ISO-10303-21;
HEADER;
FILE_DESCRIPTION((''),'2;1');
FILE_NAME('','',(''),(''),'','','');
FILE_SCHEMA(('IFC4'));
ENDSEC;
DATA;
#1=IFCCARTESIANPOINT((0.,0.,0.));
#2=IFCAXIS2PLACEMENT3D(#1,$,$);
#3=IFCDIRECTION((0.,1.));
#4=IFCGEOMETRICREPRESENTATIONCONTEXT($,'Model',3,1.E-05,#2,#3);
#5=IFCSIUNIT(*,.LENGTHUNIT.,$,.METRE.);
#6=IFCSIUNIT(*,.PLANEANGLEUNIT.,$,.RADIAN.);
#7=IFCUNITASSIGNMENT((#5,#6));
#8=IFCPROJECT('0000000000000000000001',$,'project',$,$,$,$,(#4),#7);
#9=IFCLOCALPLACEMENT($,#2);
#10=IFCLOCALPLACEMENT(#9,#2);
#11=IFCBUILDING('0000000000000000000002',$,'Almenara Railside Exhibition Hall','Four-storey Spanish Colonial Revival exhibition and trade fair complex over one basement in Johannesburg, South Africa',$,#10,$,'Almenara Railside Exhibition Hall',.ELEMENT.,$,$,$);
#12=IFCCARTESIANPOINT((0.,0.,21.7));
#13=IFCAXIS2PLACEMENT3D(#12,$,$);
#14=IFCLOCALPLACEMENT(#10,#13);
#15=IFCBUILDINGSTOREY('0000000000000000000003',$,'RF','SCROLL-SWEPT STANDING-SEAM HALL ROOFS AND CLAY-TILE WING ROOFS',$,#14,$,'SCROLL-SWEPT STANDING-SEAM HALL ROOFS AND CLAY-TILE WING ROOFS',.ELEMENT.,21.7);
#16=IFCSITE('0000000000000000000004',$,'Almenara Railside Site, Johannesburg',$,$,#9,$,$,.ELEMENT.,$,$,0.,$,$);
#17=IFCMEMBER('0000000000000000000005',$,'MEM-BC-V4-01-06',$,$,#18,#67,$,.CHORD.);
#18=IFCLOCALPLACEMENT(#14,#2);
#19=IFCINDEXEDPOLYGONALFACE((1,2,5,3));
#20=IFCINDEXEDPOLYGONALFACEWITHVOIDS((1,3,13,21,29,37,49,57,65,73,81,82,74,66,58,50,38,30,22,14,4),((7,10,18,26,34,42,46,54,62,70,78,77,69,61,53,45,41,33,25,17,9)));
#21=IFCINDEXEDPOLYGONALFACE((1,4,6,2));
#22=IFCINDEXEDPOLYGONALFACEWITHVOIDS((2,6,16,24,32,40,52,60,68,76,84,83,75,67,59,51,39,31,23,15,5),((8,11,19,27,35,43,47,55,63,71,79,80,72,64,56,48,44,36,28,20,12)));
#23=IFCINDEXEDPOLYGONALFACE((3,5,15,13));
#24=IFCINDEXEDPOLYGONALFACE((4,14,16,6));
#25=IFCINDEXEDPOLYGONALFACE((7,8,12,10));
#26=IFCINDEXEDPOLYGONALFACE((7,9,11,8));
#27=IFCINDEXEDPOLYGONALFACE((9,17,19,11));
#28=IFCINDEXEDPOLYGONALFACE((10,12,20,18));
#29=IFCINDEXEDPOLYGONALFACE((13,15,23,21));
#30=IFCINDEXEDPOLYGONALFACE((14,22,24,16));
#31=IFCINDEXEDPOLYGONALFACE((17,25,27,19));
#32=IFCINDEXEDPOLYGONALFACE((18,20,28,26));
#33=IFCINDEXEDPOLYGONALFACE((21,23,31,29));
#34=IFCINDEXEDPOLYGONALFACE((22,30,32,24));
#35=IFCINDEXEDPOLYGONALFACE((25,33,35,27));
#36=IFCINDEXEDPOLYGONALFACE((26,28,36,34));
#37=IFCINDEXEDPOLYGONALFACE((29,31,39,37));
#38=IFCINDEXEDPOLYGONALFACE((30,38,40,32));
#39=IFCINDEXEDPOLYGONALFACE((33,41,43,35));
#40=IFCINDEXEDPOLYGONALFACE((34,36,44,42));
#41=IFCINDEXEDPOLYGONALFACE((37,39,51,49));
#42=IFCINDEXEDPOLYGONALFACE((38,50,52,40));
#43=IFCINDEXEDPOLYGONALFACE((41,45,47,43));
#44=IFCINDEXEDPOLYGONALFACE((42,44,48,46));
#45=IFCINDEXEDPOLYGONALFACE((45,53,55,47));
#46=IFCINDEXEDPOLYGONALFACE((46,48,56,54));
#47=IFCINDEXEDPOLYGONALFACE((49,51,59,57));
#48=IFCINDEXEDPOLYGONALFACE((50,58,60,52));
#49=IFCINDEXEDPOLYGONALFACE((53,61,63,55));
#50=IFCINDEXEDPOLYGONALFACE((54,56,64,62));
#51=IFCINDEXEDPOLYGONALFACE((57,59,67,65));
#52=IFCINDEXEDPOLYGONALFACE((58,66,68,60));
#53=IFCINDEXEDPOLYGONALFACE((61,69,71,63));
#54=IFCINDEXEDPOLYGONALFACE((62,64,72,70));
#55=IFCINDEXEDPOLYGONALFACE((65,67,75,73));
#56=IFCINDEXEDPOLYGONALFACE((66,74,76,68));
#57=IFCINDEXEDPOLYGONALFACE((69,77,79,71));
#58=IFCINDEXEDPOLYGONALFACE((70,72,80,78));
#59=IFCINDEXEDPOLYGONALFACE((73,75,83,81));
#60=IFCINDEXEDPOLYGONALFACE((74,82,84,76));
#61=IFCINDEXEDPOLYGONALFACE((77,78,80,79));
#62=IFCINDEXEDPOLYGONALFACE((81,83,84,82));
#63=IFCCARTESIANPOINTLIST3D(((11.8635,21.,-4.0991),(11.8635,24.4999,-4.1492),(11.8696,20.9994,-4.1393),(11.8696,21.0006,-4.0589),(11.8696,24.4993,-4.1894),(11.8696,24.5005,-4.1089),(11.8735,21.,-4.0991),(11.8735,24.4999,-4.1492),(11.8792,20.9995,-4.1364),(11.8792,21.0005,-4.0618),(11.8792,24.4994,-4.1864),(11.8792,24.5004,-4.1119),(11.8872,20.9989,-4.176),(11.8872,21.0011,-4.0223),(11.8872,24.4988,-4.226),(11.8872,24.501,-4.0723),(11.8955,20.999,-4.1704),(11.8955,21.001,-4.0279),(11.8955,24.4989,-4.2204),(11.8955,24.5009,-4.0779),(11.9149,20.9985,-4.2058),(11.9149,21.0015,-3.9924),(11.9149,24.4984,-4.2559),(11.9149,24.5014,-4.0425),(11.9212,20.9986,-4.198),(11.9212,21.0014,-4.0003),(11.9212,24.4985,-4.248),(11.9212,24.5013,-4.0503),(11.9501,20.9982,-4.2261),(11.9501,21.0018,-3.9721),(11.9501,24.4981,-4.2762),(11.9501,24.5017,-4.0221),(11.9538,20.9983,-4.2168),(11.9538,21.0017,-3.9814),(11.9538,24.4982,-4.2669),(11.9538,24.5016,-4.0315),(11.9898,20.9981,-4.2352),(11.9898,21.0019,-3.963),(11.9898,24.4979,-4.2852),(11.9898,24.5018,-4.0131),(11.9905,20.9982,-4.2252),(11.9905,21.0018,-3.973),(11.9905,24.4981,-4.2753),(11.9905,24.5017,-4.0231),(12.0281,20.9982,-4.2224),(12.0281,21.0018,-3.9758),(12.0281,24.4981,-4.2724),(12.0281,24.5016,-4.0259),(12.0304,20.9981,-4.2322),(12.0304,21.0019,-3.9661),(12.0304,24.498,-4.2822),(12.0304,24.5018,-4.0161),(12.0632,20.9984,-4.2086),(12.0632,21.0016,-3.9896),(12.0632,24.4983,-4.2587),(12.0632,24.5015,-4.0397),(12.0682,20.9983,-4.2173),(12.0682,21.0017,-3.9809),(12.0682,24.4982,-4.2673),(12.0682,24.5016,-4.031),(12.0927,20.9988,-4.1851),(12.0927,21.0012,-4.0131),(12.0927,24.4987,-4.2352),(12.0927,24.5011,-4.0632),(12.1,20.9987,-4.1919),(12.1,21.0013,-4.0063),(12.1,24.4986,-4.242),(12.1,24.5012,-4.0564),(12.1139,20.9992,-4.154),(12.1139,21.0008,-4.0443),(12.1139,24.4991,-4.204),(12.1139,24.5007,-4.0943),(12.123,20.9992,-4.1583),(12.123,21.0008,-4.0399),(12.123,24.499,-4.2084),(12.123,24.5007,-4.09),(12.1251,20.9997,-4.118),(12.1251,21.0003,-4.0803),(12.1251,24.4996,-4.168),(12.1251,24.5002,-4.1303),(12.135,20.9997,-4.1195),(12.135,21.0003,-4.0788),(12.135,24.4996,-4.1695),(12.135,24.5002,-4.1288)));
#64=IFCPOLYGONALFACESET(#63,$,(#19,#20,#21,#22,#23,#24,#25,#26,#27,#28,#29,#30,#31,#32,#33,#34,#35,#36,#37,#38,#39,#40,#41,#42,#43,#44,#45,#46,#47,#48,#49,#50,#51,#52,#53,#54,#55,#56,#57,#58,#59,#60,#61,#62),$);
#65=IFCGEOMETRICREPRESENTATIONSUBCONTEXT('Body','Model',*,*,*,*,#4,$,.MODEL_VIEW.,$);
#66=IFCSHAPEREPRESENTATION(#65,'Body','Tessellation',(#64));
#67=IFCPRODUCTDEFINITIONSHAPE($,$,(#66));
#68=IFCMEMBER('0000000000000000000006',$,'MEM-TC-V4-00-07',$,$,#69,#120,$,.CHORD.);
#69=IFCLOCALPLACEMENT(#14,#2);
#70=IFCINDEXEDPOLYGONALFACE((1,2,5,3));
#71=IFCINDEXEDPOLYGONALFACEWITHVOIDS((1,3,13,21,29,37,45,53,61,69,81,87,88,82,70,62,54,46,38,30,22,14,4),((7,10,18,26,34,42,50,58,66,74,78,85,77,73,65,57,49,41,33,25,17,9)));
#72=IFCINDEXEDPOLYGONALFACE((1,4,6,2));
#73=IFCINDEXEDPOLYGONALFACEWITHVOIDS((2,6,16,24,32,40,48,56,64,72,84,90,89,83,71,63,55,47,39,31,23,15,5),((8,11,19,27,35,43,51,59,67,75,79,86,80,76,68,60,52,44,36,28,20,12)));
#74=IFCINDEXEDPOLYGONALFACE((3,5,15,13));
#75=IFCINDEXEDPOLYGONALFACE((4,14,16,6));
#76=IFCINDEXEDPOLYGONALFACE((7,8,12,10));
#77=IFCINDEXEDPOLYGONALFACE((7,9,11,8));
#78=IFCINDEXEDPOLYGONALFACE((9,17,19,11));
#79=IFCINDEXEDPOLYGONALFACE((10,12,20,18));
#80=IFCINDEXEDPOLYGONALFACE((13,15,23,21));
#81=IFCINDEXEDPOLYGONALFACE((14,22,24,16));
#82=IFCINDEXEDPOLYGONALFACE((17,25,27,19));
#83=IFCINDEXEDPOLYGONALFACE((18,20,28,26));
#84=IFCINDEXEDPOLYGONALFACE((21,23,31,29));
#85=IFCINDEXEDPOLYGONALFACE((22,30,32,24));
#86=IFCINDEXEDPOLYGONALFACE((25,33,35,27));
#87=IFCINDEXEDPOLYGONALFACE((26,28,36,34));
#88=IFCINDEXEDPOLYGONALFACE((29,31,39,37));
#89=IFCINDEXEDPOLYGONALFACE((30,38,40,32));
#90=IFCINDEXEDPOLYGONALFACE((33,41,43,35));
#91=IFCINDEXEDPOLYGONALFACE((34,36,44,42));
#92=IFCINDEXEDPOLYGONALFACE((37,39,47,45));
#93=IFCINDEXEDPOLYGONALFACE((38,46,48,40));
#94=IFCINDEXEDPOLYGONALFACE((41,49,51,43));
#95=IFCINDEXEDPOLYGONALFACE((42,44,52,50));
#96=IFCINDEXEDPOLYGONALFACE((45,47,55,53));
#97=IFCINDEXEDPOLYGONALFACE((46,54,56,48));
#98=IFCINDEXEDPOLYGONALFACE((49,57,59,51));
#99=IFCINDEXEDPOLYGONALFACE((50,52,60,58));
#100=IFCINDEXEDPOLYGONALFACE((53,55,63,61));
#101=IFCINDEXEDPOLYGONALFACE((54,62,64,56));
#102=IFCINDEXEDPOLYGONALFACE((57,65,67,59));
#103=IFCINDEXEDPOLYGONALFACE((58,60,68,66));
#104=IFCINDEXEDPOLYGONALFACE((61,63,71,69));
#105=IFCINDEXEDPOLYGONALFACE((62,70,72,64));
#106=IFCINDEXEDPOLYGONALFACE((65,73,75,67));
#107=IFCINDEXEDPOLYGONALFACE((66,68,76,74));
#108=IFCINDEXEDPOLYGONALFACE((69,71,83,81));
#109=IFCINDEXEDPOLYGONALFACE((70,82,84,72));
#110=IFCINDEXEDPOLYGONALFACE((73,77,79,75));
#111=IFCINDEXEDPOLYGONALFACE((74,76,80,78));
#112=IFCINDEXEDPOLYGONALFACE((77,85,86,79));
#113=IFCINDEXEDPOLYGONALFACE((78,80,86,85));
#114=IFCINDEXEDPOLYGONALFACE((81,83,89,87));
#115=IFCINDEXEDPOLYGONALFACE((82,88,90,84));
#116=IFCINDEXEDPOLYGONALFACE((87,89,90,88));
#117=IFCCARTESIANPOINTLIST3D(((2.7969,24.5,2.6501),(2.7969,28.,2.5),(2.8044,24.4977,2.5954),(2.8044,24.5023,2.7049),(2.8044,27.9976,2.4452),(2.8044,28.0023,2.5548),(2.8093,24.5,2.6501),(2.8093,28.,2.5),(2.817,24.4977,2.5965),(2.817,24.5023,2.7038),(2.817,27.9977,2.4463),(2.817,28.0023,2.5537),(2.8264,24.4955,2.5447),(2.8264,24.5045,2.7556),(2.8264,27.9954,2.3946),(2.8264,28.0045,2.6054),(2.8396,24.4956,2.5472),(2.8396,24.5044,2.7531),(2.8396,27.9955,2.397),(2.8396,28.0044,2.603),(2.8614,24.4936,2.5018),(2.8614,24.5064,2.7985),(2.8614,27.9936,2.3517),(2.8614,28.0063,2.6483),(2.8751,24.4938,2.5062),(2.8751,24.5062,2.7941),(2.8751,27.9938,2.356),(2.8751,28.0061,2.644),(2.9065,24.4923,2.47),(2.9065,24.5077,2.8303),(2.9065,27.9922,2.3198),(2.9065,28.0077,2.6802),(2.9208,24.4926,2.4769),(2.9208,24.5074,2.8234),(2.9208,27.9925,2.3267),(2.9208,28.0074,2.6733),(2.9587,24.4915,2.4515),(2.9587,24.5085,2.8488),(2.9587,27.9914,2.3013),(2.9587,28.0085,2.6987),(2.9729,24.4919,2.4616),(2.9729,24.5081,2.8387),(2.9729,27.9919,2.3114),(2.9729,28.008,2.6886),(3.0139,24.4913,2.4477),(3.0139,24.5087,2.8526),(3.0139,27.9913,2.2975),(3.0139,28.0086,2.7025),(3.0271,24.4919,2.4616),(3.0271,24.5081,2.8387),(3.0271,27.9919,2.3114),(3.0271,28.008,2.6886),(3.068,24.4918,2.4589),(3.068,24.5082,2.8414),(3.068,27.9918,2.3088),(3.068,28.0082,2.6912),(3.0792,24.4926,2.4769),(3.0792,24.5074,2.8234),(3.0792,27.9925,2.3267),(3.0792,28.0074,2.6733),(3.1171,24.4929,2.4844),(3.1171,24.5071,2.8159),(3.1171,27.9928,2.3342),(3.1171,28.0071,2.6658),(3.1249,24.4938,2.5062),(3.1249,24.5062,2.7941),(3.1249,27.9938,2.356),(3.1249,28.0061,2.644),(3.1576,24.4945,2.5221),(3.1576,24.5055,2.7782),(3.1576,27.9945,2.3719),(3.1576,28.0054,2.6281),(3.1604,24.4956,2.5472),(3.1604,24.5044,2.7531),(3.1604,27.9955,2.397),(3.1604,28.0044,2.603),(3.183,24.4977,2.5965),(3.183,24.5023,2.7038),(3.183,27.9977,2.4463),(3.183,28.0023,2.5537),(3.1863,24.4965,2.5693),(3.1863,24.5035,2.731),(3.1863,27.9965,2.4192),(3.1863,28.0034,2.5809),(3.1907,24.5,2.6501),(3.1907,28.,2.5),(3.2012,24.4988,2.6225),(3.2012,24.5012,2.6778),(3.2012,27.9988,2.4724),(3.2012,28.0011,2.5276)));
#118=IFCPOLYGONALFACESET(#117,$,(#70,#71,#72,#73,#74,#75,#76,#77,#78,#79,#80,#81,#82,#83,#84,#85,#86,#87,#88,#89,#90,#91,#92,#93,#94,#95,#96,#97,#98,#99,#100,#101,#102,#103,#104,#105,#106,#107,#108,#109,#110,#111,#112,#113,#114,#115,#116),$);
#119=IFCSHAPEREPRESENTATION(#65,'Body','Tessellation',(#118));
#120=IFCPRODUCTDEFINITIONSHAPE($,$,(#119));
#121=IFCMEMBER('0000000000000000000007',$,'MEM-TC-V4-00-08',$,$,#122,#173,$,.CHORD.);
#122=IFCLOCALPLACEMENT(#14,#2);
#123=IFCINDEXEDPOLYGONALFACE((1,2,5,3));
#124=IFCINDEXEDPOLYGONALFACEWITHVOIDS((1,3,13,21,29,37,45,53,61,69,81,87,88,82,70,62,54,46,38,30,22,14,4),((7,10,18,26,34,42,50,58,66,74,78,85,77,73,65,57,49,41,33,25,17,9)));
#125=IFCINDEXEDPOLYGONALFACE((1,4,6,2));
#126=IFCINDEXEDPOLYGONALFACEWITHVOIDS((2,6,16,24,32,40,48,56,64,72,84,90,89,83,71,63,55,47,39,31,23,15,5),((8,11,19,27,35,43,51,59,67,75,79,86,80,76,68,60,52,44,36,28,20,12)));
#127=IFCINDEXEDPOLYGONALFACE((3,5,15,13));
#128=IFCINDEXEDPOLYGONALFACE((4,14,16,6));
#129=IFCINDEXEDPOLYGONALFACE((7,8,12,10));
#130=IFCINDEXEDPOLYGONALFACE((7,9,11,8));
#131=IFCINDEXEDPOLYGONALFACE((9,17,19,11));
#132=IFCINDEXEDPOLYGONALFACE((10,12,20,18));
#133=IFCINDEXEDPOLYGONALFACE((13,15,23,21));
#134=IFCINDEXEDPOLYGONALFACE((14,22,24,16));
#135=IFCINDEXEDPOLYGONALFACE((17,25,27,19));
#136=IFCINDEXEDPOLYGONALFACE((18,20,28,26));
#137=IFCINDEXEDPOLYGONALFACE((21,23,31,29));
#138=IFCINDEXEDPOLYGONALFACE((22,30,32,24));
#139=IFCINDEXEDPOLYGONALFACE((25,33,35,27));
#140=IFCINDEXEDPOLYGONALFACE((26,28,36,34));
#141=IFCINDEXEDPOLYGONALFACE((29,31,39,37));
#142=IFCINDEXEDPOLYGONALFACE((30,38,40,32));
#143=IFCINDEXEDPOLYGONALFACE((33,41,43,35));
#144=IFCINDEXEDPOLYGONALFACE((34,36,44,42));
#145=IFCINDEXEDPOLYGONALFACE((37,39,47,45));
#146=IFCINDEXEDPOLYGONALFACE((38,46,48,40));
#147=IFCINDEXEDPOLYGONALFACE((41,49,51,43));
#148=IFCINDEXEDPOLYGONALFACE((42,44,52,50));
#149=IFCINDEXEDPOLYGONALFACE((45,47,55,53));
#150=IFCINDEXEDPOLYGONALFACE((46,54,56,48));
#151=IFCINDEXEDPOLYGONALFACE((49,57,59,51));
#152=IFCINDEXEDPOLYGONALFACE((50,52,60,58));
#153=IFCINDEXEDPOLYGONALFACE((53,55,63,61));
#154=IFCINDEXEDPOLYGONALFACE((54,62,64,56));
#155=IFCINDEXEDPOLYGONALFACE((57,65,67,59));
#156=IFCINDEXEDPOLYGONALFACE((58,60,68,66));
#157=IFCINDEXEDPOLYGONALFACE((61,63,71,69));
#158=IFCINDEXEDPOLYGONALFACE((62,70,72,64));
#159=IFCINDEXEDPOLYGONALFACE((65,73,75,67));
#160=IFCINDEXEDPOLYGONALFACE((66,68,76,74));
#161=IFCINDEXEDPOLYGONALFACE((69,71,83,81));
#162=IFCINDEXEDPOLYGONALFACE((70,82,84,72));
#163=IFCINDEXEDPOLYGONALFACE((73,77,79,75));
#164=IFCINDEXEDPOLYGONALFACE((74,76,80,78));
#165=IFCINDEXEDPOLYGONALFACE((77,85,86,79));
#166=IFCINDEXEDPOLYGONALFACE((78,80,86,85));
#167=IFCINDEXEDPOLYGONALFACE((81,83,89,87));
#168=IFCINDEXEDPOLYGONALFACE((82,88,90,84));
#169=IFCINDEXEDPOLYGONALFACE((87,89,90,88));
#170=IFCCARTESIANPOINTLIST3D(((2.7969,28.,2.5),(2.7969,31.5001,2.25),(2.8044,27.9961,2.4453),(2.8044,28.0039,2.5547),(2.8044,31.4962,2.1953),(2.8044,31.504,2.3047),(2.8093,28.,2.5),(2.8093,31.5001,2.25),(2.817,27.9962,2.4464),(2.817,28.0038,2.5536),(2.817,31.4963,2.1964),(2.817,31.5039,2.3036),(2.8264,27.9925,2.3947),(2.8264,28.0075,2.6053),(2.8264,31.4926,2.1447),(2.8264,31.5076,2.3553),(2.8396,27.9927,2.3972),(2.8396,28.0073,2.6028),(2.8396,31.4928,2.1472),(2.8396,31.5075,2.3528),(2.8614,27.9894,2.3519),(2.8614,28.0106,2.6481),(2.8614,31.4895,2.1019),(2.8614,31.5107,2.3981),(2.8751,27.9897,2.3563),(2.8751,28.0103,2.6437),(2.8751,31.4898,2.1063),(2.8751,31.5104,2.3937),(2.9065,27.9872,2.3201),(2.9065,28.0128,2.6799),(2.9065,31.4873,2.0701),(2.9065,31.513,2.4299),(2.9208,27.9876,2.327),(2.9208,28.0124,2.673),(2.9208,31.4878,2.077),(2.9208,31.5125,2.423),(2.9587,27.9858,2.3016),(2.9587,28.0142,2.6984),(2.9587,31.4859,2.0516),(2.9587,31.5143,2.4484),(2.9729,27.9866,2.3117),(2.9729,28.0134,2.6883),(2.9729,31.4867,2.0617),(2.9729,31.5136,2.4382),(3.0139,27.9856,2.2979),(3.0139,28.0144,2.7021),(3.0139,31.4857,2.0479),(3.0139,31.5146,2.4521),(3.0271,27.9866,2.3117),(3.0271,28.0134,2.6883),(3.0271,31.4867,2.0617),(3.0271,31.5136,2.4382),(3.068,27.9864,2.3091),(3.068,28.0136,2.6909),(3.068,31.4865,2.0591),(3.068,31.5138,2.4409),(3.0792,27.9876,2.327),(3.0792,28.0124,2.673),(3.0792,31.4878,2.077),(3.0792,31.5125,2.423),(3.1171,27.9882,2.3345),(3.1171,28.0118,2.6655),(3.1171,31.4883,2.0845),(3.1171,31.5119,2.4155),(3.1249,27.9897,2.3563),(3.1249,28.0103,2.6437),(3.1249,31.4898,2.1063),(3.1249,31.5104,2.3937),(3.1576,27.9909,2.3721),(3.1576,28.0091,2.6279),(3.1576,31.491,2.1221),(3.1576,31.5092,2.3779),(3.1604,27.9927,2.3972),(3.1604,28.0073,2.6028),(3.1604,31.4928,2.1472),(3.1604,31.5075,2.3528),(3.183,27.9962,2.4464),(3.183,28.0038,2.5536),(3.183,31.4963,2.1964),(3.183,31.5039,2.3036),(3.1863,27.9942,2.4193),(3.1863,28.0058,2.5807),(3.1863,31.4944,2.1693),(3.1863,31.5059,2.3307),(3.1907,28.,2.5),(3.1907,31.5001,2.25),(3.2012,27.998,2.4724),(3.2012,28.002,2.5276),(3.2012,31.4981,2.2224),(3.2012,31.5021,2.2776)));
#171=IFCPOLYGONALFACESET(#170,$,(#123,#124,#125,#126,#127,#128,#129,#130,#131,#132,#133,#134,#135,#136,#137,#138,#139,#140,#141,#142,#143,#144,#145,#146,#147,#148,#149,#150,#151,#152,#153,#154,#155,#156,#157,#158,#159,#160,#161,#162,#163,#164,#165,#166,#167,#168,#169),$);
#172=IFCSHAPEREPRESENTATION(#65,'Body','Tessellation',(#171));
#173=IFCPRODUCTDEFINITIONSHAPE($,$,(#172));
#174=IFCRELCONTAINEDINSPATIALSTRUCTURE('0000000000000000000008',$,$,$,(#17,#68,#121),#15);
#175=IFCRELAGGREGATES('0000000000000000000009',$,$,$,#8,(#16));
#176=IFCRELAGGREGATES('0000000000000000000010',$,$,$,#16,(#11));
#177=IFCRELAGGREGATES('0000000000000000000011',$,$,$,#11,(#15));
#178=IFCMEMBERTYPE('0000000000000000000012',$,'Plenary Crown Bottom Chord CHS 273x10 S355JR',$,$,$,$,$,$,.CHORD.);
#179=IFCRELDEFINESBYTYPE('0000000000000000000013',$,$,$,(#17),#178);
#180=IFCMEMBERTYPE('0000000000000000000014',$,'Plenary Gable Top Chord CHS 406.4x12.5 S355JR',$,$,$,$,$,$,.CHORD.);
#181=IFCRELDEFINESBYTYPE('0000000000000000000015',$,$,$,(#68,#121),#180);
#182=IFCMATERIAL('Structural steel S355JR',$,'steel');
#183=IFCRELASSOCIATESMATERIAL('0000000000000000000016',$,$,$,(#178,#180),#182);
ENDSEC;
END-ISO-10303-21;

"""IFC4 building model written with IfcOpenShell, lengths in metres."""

from ifc_helpers import new_model, si_unit, direction, frame, origin, origin_2d, place, context, subcontext, project, spatial, hollow_circle, extrude, material, material_profile, profile_set, type_object, element, save


model = new_model("IFC4")

# Units and contexts
model_context = context("Model", 3, precision=1e-05, world=origin(), true_north=direction((0.0, 1.0)))
body_context = subcontext(model_context, "Body", "Model", "MODEL_VIEW")
ifc_project = project(units=[si_unit("LENGTHUNIT", "METRE"), si_unit("PLANEANGLEUNIT", "RADIAN")], contexts=[model_context])

# Site, building, storey
site_placement = place(None, origin())
site = spatial("IfcSite", under=ifc_project, at=site_placement, Name="Almenara Railside Site, Johannesburg", CompositionType="ELEMENT", RefElevation=0.0)
building_placement = place(site_placement, origin())
building = spatial("IfcBuilding", under=site, at=building_placement, Name="Almenara Railside Exhibition Hall", Description="Four-storey Spanish Colonial Revival exhibition and trade fair complex over one basement in Johannesburg, South Africa", LongName="Almenara Railside Exhibition Hall", CompositionType="ELEMENT")
storey_placement = place(building_placement, frame((0.0, 0.0, 21.7)))
storey = spatial("IfcBuildingStorey", under=building, at=storey_placement, Name="RF", Description="SCROLL-SWEPT STANDING-SEAM HALL ROOFS AND CLAY-TILE WING ROOFS", LongName="SCROLL-SWEPT STANDING-SEAM HALL ROOFS AND CLAY-TILE WING ROOFS", CompositionType="ELEMENT", Elevation=21.7)

# Members
ifc_material_1 = material(Name="Structural steel S355JR", Category="steel")
ifc_material_profile_1 = material_profile(ifc_material_1, hollow_circle(Radius=0.1365, WallThickness=0.01, at=origin_2d()), Name="CHS 273x10")
ifc_profile_set_1 = profile_set([ifc_material_profile_1], Name="Structural steel S355JR")
member_type_1 = type_object("IfcMemberType", Name="Plenary Crown Bottom Chord CHS 273x10 S355JR", PredefinedType="CHORD", material=ifc_profile_set_1)
member_1_placement = place(storey_placement, frame((12.0, 21.0, -4.0991), z_axis=(0.0, 0.999898, -0.014298), x_axis=(-1.0, 0.0, 0.0)))
element("IfcMember", 1, at=member_1_placement, inside=storey, type_object=member_type_1, Name="MEM-BC-V4-01-06", PredefinedType="CHORD", context=body_context, shape_type="SweptSolid", body=[
    extrude(hollow_circle(Radius=0.1365, WallThickness=0.01, at=origin_2d()), origin(), (0.0, 0.0, 1.0), 3.5002),
])
ifc_material_profile_2 = material_profile(ifc_material_1, hollow_circle(Radius=0.2031, WallThickness=0.0125, at=origin_2d()), Name="CHS 406.4x12.5")
ifc_profile_set_2 = profile_set([ifc_material_profile_2], Name="Structural steel S355JR")
member_type_2 = type_object("IfcMemberType", Name="Plenary Gable Top Chord CHS 406.4x12.5 S355JR", PredefinedType="CHORD", material=ifc_profile_set_2)
member_2_placement = place(storey_placement, frame((3.0, 24.5, 2.6501), z_axis=(0.0, 0.999081, -0.04286), x_axis=(-1.0, 0.0, 0.0)))
element("IfcMember", 2, at=member_2_placement, inside=storey, type_object=member_type_2, Name="MEM-TC-V4-00-07", PredefinedType="CHORD", context=body_context, shape_type="SweptSolid", body=[
    extrude(hollow_circle(Radius=0.2031, WallThickness=0.0125, at=origin_2d()), origin(), (0.0, 0.0, 1.0), 3.5032),
])
member_3_placement = place(storey_placement, frame((3.0, 28.0, 2.5), z_axis=(0.0, 0.997459, -0.071247), x_axis=(-1.0, 0.0, 0.0)))
element("IfcMember", 3, at=member_3_placement, inside=storey, type_object=member_type_2, Name="MEM-TC-V4-00-08", PredefinedType="CHORD", context=body_context, shape_type="SweptSolid", body=[
    extrude(hollow_circle(Radius=0.2031, WallThickness=0.0125, at=origin_2d()), origin(), (0.0, 0.0, 1.0), 3.509),
])

save(model, "model.ifc")
